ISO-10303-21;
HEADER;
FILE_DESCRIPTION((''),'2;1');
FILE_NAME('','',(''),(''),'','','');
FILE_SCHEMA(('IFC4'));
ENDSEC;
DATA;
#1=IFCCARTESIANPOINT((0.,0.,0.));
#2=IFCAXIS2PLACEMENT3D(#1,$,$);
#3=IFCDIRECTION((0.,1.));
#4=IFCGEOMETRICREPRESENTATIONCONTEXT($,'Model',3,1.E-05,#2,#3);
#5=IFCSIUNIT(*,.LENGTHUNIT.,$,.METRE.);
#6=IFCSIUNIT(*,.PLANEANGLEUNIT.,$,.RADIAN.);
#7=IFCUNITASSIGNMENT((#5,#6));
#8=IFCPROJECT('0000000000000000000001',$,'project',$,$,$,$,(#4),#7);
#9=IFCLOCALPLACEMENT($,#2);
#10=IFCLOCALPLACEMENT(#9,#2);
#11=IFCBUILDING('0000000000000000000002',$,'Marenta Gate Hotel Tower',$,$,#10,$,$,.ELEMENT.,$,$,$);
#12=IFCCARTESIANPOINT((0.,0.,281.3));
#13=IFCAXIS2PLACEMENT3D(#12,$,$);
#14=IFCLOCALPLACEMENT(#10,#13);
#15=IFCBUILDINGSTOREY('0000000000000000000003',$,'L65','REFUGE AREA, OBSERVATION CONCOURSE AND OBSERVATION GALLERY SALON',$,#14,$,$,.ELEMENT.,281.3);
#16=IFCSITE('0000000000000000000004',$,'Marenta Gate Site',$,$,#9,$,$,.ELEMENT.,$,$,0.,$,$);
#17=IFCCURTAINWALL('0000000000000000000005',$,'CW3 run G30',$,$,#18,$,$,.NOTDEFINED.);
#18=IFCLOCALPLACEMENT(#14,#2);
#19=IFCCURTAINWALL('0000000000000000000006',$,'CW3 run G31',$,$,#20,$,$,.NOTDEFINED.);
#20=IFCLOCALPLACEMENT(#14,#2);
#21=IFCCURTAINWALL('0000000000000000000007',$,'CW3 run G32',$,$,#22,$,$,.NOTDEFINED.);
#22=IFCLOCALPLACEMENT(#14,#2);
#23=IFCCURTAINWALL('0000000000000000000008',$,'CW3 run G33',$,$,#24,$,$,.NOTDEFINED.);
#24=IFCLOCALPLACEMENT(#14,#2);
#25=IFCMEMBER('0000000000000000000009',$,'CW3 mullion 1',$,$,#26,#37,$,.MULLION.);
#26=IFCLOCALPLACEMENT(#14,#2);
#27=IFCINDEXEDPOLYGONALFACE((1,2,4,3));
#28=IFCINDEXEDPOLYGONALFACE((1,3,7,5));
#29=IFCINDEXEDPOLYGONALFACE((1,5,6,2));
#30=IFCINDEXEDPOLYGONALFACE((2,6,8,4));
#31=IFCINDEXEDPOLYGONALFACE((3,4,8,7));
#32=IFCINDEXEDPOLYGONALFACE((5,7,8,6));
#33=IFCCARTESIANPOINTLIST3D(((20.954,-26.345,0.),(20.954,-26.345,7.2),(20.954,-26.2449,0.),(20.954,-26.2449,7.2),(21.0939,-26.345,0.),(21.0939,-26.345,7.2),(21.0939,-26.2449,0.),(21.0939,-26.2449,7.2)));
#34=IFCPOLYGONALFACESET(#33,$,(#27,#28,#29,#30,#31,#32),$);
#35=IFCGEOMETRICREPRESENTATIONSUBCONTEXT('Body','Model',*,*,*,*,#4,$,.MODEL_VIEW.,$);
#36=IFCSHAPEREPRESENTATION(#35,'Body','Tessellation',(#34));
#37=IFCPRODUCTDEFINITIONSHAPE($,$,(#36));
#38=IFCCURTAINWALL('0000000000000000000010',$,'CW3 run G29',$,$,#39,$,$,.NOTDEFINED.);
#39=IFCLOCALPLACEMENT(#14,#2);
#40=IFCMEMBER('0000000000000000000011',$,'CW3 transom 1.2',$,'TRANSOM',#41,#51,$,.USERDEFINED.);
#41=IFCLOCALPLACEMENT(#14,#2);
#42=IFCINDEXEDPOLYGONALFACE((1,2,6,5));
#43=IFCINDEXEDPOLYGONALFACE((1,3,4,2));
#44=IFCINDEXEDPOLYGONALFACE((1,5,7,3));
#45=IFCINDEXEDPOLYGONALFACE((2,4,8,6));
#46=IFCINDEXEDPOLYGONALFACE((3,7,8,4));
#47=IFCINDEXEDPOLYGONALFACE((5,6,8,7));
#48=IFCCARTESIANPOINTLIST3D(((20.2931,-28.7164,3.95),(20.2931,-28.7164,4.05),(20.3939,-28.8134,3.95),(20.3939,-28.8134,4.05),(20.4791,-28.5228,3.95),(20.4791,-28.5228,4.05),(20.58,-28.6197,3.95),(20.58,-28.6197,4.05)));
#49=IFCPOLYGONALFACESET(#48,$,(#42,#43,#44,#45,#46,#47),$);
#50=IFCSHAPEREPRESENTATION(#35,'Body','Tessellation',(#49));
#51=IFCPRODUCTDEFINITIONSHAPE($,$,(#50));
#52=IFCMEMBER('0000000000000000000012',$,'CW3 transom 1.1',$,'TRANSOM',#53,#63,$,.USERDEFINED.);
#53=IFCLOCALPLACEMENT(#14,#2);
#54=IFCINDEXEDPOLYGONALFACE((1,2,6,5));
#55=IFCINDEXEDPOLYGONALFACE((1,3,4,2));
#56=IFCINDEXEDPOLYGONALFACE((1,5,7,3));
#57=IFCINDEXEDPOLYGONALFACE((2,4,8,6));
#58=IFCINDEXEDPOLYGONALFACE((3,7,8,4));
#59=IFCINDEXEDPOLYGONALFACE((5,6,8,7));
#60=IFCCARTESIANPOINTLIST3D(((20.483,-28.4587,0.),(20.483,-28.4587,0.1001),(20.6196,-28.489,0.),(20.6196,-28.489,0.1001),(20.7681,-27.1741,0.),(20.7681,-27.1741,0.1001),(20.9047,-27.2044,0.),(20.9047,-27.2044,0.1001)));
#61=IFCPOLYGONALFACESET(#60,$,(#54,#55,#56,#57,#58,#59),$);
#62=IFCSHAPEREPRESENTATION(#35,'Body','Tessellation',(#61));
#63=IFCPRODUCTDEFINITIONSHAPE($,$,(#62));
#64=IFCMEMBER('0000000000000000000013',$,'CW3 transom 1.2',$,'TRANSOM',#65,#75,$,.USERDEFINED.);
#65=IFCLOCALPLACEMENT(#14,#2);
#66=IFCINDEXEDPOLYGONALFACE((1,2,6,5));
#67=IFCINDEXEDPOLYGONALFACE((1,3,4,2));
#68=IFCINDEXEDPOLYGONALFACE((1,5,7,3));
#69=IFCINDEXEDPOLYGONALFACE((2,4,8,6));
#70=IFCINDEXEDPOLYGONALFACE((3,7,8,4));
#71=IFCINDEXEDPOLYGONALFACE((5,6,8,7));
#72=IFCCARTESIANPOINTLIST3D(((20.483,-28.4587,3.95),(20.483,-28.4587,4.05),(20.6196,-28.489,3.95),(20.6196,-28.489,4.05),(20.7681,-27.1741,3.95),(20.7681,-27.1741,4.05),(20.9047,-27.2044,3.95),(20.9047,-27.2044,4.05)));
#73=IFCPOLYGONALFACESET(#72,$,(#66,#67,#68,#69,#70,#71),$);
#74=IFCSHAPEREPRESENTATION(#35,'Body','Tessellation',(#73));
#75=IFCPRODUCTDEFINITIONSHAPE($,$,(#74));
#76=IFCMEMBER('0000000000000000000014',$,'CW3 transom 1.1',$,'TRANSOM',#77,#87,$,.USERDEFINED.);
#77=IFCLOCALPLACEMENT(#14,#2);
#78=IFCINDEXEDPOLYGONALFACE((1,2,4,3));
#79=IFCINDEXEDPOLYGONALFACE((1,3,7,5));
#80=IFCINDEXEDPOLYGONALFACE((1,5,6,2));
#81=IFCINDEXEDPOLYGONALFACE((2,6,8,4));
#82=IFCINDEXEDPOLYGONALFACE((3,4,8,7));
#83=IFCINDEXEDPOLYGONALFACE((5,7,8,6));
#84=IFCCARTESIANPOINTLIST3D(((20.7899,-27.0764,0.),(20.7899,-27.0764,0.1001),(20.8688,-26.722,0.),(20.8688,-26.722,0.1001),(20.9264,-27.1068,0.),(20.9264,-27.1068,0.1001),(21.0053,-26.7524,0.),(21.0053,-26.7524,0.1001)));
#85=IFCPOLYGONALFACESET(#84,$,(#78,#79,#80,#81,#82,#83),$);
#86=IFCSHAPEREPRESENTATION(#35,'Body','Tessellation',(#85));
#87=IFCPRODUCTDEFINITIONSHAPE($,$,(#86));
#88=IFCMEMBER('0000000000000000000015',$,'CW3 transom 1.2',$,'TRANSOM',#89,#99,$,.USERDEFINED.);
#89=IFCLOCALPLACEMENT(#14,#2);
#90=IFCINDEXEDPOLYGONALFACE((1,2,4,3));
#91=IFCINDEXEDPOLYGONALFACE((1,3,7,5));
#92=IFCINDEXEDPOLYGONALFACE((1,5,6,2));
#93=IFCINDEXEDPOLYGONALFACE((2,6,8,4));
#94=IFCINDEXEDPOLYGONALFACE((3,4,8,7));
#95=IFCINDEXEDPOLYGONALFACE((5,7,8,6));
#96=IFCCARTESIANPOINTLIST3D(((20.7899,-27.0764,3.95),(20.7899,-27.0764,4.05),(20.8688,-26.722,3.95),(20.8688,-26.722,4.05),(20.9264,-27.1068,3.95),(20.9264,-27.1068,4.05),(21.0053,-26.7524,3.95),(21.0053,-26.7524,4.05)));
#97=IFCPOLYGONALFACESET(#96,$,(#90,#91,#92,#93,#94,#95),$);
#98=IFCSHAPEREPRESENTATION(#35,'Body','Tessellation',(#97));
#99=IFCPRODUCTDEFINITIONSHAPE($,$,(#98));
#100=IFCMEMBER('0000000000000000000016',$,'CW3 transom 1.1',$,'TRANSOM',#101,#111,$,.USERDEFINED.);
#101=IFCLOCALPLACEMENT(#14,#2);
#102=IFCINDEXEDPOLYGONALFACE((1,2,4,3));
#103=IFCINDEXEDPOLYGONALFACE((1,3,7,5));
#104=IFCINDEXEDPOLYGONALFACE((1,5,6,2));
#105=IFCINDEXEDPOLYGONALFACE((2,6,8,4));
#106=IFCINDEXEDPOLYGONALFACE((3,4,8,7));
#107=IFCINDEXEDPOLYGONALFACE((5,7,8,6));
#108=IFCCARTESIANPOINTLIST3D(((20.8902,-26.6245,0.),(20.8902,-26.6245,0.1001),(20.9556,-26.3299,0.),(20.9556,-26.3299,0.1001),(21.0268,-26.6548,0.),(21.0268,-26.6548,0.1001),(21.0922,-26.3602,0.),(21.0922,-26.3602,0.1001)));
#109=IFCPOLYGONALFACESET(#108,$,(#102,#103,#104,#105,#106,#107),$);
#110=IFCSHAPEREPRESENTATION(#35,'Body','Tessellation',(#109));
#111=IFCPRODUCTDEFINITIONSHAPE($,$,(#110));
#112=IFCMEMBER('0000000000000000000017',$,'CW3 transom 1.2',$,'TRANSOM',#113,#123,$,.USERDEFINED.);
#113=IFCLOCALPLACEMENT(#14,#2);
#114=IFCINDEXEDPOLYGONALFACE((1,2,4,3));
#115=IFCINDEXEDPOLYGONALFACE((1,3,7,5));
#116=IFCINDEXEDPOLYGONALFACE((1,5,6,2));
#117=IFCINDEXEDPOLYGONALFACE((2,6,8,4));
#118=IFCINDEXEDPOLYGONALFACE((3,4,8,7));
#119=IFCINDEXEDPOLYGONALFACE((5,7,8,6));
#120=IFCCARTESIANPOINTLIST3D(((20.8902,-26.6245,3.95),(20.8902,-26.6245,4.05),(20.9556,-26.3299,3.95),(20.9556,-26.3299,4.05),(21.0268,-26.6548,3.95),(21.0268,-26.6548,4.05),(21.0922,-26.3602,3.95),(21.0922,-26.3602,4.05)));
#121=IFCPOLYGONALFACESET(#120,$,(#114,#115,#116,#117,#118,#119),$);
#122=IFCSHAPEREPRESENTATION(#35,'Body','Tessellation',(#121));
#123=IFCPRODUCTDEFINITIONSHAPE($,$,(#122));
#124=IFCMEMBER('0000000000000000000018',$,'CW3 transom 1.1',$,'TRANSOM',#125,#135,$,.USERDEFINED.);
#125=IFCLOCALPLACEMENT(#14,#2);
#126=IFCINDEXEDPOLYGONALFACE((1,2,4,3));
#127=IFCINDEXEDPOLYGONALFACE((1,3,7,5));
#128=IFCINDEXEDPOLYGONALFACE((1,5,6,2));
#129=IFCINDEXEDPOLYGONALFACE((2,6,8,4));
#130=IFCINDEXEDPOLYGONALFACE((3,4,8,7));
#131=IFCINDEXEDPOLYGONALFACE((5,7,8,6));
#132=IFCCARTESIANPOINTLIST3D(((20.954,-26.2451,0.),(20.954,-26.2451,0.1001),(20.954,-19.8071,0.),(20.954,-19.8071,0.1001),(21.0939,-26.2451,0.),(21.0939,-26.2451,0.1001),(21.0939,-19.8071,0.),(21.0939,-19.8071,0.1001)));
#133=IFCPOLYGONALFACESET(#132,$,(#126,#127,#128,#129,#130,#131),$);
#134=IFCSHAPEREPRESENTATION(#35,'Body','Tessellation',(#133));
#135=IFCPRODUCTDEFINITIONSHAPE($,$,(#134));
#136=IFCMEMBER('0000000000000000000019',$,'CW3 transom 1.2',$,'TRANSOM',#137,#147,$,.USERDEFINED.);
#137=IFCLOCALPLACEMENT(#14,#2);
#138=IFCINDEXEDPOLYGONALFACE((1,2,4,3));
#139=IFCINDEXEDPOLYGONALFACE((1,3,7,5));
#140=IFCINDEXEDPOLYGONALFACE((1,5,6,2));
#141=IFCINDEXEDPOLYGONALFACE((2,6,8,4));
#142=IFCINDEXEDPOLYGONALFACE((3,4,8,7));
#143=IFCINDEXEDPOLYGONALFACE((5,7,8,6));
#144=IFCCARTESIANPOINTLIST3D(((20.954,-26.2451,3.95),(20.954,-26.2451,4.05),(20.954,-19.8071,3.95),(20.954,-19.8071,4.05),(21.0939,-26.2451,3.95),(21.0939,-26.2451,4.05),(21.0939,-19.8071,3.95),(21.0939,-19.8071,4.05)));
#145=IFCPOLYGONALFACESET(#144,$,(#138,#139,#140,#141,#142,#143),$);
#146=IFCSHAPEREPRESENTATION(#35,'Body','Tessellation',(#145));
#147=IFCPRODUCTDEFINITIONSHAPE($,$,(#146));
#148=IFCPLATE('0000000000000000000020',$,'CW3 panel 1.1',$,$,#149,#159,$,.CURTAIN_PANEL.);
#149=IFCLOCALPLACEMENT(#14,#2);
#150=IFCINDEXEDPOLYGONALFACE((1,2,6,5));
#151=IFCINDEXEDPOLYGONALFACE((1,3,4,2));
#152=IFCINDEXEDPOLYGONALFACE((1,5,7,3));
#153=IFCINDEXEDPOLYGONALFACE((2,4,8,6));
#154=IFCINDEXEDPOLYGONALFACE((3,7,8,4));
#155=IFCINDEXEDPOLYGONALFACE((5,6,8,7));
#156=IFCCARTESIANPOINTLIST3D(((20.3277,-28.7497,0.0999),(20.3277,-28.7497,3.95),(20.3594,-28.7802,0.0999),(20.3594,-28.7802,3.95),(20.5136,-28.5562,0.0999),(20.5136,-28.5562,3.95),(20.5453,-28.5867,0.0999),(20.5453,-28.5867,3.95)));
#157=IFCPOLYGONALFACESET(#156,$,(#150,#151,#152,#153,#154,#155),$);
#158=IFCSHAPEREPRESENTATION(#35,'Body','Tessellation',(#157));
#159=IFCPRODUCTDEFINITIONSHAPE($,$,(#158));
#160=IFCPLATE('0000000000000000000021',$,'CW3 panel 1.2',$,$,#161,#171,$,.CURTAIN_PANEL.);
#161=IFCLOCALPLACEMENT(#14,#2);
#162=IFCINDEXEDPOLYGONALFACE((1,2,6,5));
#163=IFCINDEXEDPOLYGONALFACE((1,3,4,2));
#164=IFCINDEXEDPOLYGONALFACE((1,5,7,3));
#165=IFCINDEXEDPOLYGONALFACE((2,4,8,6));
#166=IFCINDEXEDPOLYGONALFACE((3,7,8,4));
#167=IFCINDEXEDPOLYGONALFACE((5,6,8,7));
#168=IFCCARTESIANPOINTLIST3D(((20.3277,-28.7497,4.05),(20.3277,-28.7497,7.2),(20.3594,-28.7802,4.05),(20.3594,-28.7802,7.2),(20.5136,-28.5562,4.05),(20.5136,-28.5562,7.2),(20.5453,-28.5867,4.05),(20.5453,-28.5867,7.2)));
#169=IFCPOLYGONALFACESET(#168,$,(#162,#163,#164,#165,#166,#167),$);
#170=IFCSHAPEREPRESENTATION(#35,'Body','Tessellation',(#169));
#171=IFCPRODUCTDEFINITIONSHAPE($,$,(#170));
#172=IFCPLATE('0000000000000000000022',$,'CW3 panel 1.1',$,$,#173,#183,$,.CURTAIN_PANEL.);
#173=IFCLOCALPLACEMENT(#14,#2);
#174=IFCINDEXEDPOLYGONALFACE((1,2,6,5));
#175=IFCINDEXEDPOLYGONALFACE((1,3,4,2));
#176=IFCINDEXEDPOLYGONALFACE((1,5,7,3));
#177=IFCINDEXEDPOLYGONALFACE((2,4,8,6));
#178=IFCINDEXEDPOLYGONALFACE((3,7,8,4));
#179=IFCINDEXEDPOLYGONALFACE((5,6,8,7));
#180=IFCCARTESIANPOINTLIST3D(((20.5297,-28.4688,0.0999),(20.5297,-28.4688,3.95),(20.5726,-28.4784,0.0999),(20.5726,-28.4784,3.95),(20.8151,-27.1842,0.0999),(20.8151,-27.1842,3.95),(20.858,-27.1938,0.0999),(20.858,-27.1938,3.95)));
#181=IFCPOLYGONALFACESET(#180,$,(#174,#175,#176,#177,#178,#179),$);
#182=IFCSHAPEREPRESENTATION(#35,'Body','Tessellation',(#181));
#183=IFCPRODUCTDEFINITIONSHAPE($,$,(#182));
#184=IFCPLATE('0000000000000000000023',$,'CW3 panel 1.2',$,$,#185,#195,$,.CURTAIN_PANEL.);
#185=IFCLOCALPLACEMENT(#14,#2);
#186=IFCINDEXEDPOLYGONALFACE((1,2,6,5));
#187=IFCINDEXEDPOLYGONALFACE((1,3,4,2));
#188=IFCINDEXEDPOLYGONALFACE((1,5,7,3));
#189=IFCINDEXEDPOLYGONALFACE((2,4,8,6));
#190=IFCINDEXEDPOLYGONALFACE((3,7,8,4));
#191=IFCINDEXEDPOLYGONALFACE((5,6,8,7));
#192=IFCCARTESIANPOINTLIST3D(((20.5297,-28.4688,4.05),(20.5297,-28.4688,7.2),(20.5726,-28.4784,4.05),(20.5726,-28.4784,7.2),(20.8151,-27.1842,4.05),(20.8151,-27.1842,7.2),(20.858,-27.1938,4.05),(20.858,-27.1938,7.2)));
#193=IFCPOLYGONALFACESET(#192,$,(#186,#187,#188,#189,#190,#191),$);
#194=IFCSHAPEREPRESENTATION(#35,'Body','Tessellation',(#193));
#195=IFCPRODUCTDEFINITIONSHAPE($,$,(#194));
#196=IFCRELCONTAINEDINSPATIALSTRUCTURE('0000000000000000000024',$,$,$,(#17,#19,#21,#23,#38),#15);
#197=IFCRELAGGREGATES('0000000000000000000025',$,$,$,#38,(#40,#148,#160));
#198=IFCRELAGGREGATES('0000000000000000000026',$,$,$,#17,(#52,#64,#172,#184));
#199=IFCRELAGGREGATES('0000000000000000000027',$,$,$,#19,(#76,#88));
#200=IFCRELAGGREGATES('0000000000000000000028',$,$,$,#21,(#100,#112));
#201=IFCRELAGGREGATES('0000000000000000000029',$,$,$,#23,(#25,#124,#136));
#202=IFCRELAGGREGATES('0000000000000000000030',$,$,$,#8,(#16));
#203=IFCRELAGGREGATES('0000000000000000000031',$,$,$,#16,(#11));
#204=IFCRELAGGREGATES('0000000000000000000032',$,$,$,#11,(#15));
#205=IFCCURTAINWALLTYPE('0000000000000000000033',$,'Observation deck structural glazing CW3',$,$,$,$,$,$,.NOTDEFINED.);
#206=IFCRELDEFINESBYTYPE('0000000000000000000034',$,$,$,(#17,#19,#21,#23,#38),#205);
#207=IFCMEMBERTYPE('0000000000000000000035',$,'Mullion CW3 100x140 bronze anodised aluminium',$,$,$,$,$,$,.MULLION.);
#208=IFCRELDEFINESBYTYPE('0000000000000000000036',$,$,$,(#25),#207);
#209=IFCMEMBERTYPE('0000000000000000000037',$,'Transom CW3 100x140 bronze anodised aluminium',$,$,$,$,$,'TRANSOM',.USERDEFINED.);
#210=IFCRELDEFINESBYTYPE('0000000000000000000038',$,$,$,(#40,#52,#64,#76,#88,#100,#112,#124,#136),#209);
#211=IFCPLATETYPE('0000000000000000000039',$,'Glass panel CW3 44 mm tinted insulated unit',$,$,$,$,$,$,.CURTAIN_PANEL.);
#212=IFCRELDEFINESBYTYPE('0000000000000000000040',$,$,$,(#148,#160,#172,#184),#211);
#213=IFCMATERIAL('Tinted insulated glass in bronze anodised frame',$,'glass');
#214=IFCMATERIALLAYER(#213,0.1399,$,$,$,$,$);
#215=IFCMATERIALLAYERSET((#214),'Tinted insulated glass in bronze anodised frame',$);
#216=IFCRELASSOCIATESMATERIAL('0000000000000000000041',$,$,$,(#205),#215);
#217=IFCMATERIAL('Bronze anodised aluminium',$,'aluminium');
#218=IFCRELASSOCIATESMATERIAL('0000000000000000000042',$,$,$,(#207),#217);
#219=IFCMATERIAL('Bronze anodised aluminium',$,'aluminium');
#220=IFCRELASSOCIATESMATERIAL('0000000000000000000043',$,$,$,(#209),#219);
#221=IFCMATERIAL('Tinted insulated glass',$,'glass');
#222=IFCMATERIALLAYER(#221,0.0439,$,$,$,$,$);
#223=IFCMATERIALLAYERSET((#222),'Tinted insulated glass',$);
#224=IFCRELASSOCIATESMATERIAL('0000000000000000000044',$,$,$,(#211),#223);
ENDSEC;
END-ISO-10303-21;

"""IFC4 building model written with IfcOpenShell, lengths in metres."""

from ifc_helpers import new_model, si_unit, direction, frame, origin, origin_2d, place, context, subcontext, project, spatial, rectangle, extrude, material, layer, layer_set, material_profile, profile_set, type_object, element, aggregate, save


model = new_model("IFC4")

# Units and contexts
model_context = context("Model", 3, precision=1e-05, world=origin(), true_north=direction((0.0, 1.0)))
body_context = subcontext(model_context, "Body", "Model", "MODEL_VIEW")
ifc_project = project(units=[si_unit("LENGTHUNIT", "METRE"), si_unit("PLANEANGLEUNIT", "RADIAN")], contexts=[model_context])

# Site, building, storey
site_placement = place(None, origin())
site = spatial("IfcSite", under=ifc_project, at=site_placement, Name="Marenta Gate Site", CompositionType="ELEMENT", RefElevation=0.0)
building_placement = place(site_placement, origin())
building = spatial("IfcBuilding", under=site, at=building_placement, Name="Marenta Gate Hotel Tower", CompositionType="ELEMENT")
storey_placement = place(building_placement, frame((0.0, 0.0, 281.3)))
storey = spatial("IfcBuildingStorey", under=building, at=storey_placement, Name="L65", Description="REFUGE AREA, OBSERVATION CONCOURSE AND OBSERVATION GALLERY SALON", CompositionType="ELEMENT", Elevation=281.3)

# Curtain walls, members
ifc_material_1 = material(Name="Tinted insulated glass in bronze anodised frame", Category="glass")
ifc_layer_1 = layer(ifc_material_1, 0.1399)
ifc_layer_set_1 = layer_set([ifc_layer_1], Name="Tinted insulated glass in bronze anodised frame")
curtain_wall_type = type_object("IfcCurtainWallType", Name="Observation deck structural glazing CW3", PredefinedType="NOTDEFINED", material=ifc_layer_set_1)
curtain_wall_1_placement = place(storey_placement, origin())
curtain_wall_1 = element("IfcCurtainWall", 1, at=curtain_wall_1_placement, inside=storey, type_object=curtain_wall_type, Name="CW3 run G30", PredefinedType="NOTDEFINED")
ifc_material_2 = material(Name="Bronze anodised aluminium", Category="aluminium")
ifc_material_profile_1 = material_profile(ifc_material_2, rectangle(XDim=0.1399, YDim=0.1001, at=origin_2d()), Name="Mullion CW3 100x140 bronze anodised aluminium")
ifc_profile_set_1 = profile_set([ifc_material_profile_1], Name="Bronze anodised aluminium")
member_type_1 = type_object("IfcMemberType", Name="Mullion CW3 100x140 bronze anodised aluminium", PredefinedType="MULLION", material=ifc_profile_set_1)
curtain_wall_2_placement = place(storey_placement, origin())
curtain_wall_2 = element("IfcCurtainWall", 2, at=curtain_wall_2_placement, inside=storey, type_object=curtain_wall_type, Name="CW3 run G31", PredefinedType="NOTDEFINED")
curtain_wall_3_placement = place(storey_placement, origin())
curtain_wall_3 = element("IfcCurtainWall", 3, at=curtain_wall_3_placement, inside=storey, type_object=curtain_wall_type, Name="CW3 run G32", PredefinedType="NOTDEFINED")
curtain_wall_4_placement = place(storey_placement, origin())
curtain_wall_4 = element("IfcCurtainWall", 4, at=curtain_wall_4_placement, inside=storey, type_object=curtain_wall_type, Name="CW3 run G33", PredefinedType="NOTDEFINED")
member_1_placement = place(storey_placement, frame((21.0239, -26.2949, 0.0), z_axis=(0.0, 0.0, 1.0), x_axis=(-1.0, 0.0, 0.0)))
member_1 = element("IfcMember", 5, at=member_1_placement, type_object=member_type_1, Name="CW3 mullion 1", PredefinedType="MULLION", context=body_context, shape_type="SweptSolid", body=[
    extrude(rectangle(XDim=0.1399, YDim=0.1001, at=origin_2d()), origin(), (0.0, 0.0, 1.0), 7.2),
])
curtain_wall_5_placement = place(storey_placement, origin())
curtain_wall_5 = element("IfcCurtainWall", 6, at=curtain_wall_5_placement, inside=storey, type_object=curtain_wall_type, Name="CW3 run G29", PredefinedType="NOTDEFINED")
ifc_material_3 = material(Name="Bronze anodised aluminium", Category="aluminium")
ifc_material_profile_2 = material_profile(ifc_material_3, rectangle(XDim=0.1399, YDim=0.1001, at=origin_2d()), Name="Transom CW3 100x140 bronze anodised aluminium")
ifc_profile_set_2 = profile_set([ifc_material_profile_2], Name="Bronze anodised aluminium")
member_type_2 = type_object("IfcMemberType", Name="Transom CW3 100x140 bronze anodised aluminium", ElementType="TRANSOM", PredefinedType="USERDEFINED", material=ifc_profile_set_2)
member_2_placement = place(storey_placement, frame((20.3435, -28.7649, 4.0), z_axis=(0.692872, 0.72106, 0.0), x_axis=(-0.72106, 0.692872, 0.0)))
member_2 = element("IfcMember", 7, at=member_2_placement, type_object=member_type_2, Name="CW3 transom 1.2", ObjectType="TRANSOM", PredefinedType="USERDEFINED", context=body_context, shape_type="SweptSolid", body=[
    extrude(rectangle(XDim=0.1399, YDim=0.1001, at=origin_2d()), origin(), (0.0, 0.0, 1.0), 0.2686),
])

# Members
member_3_placement = place(storey_placement, frame((20.5513, -28.4739, 0.05), z_axis=(0.216695, 0.976239, 0.0), x_axis=(-0.976239, 0.216695, 0.0)))
member_3 = element("IfcMember", 8, at=member_3_placement, type_object=member_type_2, Name="CW3 transom 1.1", ObjectType="TRANSOM", PredefinedType="USERDEFINED", context=body_context, shape_type="SweptSolid", body=[
    extrude(rectangle(XDim=0.1399, YDim=0.1001, at=origin_2d()), origin(), (0.0, 0.0, 1.0), 1.3159),
])
member_4_placement = place(storey_placement, frame((20.5513, -28.4739, 4.0), z_axis=(0.216695, 0.976239, 0.0), x_axis=(-0.976239, 0.216695, 0.0)))
member_4 = element("IfcMember", 9, at=member_4_placement, type_object=member_type_2, Name="CW3 transom 1.2", ObjectType="TRANSOM", PredefinedType="USERDEFINED", context=body_context, shape_type="SweptSolid", body=[
    extrude(rectangle(XDim=0.1399, YDim=0.1001, at=origin_2d()), origin(), (0.0, 0.0, 1.0), 1.3159),
])
member_5_placement = place(storey_placement, frame((20.8582, -27.0916, 0.05), z_axis=(0.217287, 0.976108, 0.0), x_axis=(-0.976108, 0.217287, 0.0)))
member_5 = element("IfcMember", 10, at=member_5_placement, type_object=member_type_2, Name="CW3 transom 1.1", ObjectType="TRANSOM", PredefinedType="USERDEFINED", context=body_context, shape_type="SweptSolid", body=[
    extrude(rectangle(XDim=0.1399, YDim=0.1001, at=origin_2d()), origin(), (0.0, 0.0, 1.0), 0.363),
])
member_6_placement = place(storey_placement, frame((20.8582, -27.0916, 4.0), z_axis=(0.217287, 0.976108, 0.0), x_axis=(-0.976108, 0.217287, 0.0)))
member_6 = element("IfcMember", 11, at=member_6_placement, type_object=member_type_2, Name="CW3 transom 1.2", ObjectType="TRANSOM", PredefinedType="USERDEFINED", context=body_context, shape_type="SweptSolid", body=[
    extrude(rectangle(XDim=0.1399, YDim=0.1001, at=origin_2d()), origin(), (0.0, 0.0, 1.0), 0.363),
])
member_7_placement = place(storey_placement, frame((20.9585, -26.6396, 0.05), z_axis=(0.216759, 0.976225, 0.0), x_axis=(-0.976225, 0.216759, 0.0)))
member_7 = element("IfcMember", 12, at=member_7_placement, type_object=member_type_2, Name="CW3 transom 1.1", ObjectType="TRANSOM", PredefinedType="USERDEFINED", context=body_context, shape_type="SweptSolid", body=[
    extrude(rectangle(XDim=0.1399, YDim=0.1001, at=origin_2d()), origin(), (0.0, 0.0, 1.0), 0.3018),
])
member_8_placement = place(storey_placement, frame((20.9585, -26.6396, 4.0), z_axis=(0.216759, 0.976225, 0.0), x_axis=(-0.976225, 0.216759, 0.0)))
member_8 = element("IfcMember", 13, at=member_8_placement, type_object=member_type_2, Name="CW3 transom 1.2", ObjectType="TRANSOM", PredefinedType="USERDEFINED", context=body_context, shape_type="SweptSolid", body=[
    extrude(rectangle(XDim=0.1399, YDim=0.1001, at=origin_2d()), origin(), (0.0, 0.0, 1.0), 0.3018),
])
member_9_placement = place(storey_placement, frame((21.0239, -26.2451, 0.05), z_axis=(0.0, 1.0, 0.0), x_axis=(-1.0, 0.0, 0.0)))
member_9 = element("IfcMember", 14, at=member_9_placement, type_object=member_type_2, Name="CW3 transom 1.1", ObjectType="TRANSOM", PredefinedType="USERDEFINED", context=body_context, shape_type="SweptSolid", body=[
    extrude(rectangle(XDim=0.1399, YDim=0.1001, at=origin_2d()), origin(), (0.0, 0.0, 1.0), 6.438),
])
member_10_placement = place(storey_placement, frame((21.0239, -26.2451, 4.0), z_axis=(0.0, 1.0, 0.0), x_axis=(-1.0, 0.0, 0.0)))
member_10 = element("IfcMember", 15, at=member_10_placement, type_object=member_type_2, Name="CW3 transom 1.2", ObjectType="TRANSOM", PredefinedType="USERDEFINED", context=body_context, shape_type="SweptSolid", body=[
    extrude(rectangle(XDim=0.1399, YDim=0.1001, at=origin_2d()), origin(), (0.0, 0.0, 1.0), 6.438),
])

# Plates
ifc_material_4 = material(Name="Tinted insulated glass", Category="glass")
ifc_layer_2 = layer(ifc_material_4, 0.0439)
ifc_layer_set_2 = layer_set([ifc_layer_2], Name="Tinted insulated glass")
plate_type = type_object("IfcPlateType", Name="Glass panel CW3 44 mm tinted insulated unit", PredefinedType="CURTAIN_PANEL", material=ifc_layer_set_2)
plate_1_placement = place(storey_placement, frame((20.4365, -28.6682, 0.0999), z_axis=(0.0, 0.0, 1.0), x_axis=(0.692713, 0.721214, 0.0)))
plate_1 = element("IfcPlate", 16, at=plate_1_placement, type_object=plate_type, Name="CW3 panel 1.1", PredefinedType="CURTAIN_PANEL", context=body_context, shape_type="SweptSolid", body=[
    extrude(rectangle(XDim=0.2683, YDim=0.0439, at=origin_2d()), origin(), (0.0, 0.0, 1.0), 3.8501),
])
plate_2_placement = place(storey_placement, frame((20.4365, -28.6682, 4.05), z_axis=(0.0, 0.0, 1.0), x_axis=(0.692713, 0.721214, 0.0)))
plate_2 = element("IfcPlate", 17, at=plate_2_placement, type_object=plate_type, Name="CW3 panel 1.2", PredefinedType="CURTAIN_PANEL", context=body_context, shape_type="SweptSolid", body=[
    extrude(rectangle(XDim=0.2683, YDim=0.0439, at=origin_2d()), origin(), (0.0, 0.0, 1.0), 3.1499),
])
aggregate(curtain_wall_5, [member_2, plate_1, plate_2])
plate_3_placement = place(storey_placement, frame((20.6938, -27.8313, 0.0999), z_axis=(0.0, 0.0, 1.0), x_axis=(0.216811, 0.976214, 0.0)))
plate_3 = element("IfcPlate", 18, at=plate_3_placement, type_object=plate_type, Name="CW3 panel 1.1", PredefinedType="CURTAIN_PANEL", context=body_context, shape_type="SweptSolid", body=[
    extrude(rectangle(XDim=1.3159, YDim=0.0439, at=origin_2d()), origin(), (0.0, 0.0, 1.0), 3.8501),
])
plate_4_placement = place(storey_placement, frame((20.6938, -27.8313, 4.05), z_axis=(0.0, 0.0, 1.0), x_axis=(0.216811, 0.976214, 0.0)))
plate_4 = element("IfcPlate", 19, at=plate_4_placement, type_object=plate_type, Name="CW3 panel 1.2", PredefinedType="CURTAIN_PANEL", context=body_context, shape_type="SweptSolid", body=[
    extrude(rectangle(XDim=1.3159, YDim=0.0439, at=origin_2d()), origin(), (0.0, 0.0, 1.0), 3.1499),
])
aggregate(curtain_wall_1, [member_3, member_4, plate_3, plate_4])
aggregate(curtain_wall_2, [member_5, member_6])
aggregate(curtain_wall_3, [member_7, member_8])
aggregate(curtain_wall_4, [member_1, member_9, member_10])

save(model, "model.ifc")
